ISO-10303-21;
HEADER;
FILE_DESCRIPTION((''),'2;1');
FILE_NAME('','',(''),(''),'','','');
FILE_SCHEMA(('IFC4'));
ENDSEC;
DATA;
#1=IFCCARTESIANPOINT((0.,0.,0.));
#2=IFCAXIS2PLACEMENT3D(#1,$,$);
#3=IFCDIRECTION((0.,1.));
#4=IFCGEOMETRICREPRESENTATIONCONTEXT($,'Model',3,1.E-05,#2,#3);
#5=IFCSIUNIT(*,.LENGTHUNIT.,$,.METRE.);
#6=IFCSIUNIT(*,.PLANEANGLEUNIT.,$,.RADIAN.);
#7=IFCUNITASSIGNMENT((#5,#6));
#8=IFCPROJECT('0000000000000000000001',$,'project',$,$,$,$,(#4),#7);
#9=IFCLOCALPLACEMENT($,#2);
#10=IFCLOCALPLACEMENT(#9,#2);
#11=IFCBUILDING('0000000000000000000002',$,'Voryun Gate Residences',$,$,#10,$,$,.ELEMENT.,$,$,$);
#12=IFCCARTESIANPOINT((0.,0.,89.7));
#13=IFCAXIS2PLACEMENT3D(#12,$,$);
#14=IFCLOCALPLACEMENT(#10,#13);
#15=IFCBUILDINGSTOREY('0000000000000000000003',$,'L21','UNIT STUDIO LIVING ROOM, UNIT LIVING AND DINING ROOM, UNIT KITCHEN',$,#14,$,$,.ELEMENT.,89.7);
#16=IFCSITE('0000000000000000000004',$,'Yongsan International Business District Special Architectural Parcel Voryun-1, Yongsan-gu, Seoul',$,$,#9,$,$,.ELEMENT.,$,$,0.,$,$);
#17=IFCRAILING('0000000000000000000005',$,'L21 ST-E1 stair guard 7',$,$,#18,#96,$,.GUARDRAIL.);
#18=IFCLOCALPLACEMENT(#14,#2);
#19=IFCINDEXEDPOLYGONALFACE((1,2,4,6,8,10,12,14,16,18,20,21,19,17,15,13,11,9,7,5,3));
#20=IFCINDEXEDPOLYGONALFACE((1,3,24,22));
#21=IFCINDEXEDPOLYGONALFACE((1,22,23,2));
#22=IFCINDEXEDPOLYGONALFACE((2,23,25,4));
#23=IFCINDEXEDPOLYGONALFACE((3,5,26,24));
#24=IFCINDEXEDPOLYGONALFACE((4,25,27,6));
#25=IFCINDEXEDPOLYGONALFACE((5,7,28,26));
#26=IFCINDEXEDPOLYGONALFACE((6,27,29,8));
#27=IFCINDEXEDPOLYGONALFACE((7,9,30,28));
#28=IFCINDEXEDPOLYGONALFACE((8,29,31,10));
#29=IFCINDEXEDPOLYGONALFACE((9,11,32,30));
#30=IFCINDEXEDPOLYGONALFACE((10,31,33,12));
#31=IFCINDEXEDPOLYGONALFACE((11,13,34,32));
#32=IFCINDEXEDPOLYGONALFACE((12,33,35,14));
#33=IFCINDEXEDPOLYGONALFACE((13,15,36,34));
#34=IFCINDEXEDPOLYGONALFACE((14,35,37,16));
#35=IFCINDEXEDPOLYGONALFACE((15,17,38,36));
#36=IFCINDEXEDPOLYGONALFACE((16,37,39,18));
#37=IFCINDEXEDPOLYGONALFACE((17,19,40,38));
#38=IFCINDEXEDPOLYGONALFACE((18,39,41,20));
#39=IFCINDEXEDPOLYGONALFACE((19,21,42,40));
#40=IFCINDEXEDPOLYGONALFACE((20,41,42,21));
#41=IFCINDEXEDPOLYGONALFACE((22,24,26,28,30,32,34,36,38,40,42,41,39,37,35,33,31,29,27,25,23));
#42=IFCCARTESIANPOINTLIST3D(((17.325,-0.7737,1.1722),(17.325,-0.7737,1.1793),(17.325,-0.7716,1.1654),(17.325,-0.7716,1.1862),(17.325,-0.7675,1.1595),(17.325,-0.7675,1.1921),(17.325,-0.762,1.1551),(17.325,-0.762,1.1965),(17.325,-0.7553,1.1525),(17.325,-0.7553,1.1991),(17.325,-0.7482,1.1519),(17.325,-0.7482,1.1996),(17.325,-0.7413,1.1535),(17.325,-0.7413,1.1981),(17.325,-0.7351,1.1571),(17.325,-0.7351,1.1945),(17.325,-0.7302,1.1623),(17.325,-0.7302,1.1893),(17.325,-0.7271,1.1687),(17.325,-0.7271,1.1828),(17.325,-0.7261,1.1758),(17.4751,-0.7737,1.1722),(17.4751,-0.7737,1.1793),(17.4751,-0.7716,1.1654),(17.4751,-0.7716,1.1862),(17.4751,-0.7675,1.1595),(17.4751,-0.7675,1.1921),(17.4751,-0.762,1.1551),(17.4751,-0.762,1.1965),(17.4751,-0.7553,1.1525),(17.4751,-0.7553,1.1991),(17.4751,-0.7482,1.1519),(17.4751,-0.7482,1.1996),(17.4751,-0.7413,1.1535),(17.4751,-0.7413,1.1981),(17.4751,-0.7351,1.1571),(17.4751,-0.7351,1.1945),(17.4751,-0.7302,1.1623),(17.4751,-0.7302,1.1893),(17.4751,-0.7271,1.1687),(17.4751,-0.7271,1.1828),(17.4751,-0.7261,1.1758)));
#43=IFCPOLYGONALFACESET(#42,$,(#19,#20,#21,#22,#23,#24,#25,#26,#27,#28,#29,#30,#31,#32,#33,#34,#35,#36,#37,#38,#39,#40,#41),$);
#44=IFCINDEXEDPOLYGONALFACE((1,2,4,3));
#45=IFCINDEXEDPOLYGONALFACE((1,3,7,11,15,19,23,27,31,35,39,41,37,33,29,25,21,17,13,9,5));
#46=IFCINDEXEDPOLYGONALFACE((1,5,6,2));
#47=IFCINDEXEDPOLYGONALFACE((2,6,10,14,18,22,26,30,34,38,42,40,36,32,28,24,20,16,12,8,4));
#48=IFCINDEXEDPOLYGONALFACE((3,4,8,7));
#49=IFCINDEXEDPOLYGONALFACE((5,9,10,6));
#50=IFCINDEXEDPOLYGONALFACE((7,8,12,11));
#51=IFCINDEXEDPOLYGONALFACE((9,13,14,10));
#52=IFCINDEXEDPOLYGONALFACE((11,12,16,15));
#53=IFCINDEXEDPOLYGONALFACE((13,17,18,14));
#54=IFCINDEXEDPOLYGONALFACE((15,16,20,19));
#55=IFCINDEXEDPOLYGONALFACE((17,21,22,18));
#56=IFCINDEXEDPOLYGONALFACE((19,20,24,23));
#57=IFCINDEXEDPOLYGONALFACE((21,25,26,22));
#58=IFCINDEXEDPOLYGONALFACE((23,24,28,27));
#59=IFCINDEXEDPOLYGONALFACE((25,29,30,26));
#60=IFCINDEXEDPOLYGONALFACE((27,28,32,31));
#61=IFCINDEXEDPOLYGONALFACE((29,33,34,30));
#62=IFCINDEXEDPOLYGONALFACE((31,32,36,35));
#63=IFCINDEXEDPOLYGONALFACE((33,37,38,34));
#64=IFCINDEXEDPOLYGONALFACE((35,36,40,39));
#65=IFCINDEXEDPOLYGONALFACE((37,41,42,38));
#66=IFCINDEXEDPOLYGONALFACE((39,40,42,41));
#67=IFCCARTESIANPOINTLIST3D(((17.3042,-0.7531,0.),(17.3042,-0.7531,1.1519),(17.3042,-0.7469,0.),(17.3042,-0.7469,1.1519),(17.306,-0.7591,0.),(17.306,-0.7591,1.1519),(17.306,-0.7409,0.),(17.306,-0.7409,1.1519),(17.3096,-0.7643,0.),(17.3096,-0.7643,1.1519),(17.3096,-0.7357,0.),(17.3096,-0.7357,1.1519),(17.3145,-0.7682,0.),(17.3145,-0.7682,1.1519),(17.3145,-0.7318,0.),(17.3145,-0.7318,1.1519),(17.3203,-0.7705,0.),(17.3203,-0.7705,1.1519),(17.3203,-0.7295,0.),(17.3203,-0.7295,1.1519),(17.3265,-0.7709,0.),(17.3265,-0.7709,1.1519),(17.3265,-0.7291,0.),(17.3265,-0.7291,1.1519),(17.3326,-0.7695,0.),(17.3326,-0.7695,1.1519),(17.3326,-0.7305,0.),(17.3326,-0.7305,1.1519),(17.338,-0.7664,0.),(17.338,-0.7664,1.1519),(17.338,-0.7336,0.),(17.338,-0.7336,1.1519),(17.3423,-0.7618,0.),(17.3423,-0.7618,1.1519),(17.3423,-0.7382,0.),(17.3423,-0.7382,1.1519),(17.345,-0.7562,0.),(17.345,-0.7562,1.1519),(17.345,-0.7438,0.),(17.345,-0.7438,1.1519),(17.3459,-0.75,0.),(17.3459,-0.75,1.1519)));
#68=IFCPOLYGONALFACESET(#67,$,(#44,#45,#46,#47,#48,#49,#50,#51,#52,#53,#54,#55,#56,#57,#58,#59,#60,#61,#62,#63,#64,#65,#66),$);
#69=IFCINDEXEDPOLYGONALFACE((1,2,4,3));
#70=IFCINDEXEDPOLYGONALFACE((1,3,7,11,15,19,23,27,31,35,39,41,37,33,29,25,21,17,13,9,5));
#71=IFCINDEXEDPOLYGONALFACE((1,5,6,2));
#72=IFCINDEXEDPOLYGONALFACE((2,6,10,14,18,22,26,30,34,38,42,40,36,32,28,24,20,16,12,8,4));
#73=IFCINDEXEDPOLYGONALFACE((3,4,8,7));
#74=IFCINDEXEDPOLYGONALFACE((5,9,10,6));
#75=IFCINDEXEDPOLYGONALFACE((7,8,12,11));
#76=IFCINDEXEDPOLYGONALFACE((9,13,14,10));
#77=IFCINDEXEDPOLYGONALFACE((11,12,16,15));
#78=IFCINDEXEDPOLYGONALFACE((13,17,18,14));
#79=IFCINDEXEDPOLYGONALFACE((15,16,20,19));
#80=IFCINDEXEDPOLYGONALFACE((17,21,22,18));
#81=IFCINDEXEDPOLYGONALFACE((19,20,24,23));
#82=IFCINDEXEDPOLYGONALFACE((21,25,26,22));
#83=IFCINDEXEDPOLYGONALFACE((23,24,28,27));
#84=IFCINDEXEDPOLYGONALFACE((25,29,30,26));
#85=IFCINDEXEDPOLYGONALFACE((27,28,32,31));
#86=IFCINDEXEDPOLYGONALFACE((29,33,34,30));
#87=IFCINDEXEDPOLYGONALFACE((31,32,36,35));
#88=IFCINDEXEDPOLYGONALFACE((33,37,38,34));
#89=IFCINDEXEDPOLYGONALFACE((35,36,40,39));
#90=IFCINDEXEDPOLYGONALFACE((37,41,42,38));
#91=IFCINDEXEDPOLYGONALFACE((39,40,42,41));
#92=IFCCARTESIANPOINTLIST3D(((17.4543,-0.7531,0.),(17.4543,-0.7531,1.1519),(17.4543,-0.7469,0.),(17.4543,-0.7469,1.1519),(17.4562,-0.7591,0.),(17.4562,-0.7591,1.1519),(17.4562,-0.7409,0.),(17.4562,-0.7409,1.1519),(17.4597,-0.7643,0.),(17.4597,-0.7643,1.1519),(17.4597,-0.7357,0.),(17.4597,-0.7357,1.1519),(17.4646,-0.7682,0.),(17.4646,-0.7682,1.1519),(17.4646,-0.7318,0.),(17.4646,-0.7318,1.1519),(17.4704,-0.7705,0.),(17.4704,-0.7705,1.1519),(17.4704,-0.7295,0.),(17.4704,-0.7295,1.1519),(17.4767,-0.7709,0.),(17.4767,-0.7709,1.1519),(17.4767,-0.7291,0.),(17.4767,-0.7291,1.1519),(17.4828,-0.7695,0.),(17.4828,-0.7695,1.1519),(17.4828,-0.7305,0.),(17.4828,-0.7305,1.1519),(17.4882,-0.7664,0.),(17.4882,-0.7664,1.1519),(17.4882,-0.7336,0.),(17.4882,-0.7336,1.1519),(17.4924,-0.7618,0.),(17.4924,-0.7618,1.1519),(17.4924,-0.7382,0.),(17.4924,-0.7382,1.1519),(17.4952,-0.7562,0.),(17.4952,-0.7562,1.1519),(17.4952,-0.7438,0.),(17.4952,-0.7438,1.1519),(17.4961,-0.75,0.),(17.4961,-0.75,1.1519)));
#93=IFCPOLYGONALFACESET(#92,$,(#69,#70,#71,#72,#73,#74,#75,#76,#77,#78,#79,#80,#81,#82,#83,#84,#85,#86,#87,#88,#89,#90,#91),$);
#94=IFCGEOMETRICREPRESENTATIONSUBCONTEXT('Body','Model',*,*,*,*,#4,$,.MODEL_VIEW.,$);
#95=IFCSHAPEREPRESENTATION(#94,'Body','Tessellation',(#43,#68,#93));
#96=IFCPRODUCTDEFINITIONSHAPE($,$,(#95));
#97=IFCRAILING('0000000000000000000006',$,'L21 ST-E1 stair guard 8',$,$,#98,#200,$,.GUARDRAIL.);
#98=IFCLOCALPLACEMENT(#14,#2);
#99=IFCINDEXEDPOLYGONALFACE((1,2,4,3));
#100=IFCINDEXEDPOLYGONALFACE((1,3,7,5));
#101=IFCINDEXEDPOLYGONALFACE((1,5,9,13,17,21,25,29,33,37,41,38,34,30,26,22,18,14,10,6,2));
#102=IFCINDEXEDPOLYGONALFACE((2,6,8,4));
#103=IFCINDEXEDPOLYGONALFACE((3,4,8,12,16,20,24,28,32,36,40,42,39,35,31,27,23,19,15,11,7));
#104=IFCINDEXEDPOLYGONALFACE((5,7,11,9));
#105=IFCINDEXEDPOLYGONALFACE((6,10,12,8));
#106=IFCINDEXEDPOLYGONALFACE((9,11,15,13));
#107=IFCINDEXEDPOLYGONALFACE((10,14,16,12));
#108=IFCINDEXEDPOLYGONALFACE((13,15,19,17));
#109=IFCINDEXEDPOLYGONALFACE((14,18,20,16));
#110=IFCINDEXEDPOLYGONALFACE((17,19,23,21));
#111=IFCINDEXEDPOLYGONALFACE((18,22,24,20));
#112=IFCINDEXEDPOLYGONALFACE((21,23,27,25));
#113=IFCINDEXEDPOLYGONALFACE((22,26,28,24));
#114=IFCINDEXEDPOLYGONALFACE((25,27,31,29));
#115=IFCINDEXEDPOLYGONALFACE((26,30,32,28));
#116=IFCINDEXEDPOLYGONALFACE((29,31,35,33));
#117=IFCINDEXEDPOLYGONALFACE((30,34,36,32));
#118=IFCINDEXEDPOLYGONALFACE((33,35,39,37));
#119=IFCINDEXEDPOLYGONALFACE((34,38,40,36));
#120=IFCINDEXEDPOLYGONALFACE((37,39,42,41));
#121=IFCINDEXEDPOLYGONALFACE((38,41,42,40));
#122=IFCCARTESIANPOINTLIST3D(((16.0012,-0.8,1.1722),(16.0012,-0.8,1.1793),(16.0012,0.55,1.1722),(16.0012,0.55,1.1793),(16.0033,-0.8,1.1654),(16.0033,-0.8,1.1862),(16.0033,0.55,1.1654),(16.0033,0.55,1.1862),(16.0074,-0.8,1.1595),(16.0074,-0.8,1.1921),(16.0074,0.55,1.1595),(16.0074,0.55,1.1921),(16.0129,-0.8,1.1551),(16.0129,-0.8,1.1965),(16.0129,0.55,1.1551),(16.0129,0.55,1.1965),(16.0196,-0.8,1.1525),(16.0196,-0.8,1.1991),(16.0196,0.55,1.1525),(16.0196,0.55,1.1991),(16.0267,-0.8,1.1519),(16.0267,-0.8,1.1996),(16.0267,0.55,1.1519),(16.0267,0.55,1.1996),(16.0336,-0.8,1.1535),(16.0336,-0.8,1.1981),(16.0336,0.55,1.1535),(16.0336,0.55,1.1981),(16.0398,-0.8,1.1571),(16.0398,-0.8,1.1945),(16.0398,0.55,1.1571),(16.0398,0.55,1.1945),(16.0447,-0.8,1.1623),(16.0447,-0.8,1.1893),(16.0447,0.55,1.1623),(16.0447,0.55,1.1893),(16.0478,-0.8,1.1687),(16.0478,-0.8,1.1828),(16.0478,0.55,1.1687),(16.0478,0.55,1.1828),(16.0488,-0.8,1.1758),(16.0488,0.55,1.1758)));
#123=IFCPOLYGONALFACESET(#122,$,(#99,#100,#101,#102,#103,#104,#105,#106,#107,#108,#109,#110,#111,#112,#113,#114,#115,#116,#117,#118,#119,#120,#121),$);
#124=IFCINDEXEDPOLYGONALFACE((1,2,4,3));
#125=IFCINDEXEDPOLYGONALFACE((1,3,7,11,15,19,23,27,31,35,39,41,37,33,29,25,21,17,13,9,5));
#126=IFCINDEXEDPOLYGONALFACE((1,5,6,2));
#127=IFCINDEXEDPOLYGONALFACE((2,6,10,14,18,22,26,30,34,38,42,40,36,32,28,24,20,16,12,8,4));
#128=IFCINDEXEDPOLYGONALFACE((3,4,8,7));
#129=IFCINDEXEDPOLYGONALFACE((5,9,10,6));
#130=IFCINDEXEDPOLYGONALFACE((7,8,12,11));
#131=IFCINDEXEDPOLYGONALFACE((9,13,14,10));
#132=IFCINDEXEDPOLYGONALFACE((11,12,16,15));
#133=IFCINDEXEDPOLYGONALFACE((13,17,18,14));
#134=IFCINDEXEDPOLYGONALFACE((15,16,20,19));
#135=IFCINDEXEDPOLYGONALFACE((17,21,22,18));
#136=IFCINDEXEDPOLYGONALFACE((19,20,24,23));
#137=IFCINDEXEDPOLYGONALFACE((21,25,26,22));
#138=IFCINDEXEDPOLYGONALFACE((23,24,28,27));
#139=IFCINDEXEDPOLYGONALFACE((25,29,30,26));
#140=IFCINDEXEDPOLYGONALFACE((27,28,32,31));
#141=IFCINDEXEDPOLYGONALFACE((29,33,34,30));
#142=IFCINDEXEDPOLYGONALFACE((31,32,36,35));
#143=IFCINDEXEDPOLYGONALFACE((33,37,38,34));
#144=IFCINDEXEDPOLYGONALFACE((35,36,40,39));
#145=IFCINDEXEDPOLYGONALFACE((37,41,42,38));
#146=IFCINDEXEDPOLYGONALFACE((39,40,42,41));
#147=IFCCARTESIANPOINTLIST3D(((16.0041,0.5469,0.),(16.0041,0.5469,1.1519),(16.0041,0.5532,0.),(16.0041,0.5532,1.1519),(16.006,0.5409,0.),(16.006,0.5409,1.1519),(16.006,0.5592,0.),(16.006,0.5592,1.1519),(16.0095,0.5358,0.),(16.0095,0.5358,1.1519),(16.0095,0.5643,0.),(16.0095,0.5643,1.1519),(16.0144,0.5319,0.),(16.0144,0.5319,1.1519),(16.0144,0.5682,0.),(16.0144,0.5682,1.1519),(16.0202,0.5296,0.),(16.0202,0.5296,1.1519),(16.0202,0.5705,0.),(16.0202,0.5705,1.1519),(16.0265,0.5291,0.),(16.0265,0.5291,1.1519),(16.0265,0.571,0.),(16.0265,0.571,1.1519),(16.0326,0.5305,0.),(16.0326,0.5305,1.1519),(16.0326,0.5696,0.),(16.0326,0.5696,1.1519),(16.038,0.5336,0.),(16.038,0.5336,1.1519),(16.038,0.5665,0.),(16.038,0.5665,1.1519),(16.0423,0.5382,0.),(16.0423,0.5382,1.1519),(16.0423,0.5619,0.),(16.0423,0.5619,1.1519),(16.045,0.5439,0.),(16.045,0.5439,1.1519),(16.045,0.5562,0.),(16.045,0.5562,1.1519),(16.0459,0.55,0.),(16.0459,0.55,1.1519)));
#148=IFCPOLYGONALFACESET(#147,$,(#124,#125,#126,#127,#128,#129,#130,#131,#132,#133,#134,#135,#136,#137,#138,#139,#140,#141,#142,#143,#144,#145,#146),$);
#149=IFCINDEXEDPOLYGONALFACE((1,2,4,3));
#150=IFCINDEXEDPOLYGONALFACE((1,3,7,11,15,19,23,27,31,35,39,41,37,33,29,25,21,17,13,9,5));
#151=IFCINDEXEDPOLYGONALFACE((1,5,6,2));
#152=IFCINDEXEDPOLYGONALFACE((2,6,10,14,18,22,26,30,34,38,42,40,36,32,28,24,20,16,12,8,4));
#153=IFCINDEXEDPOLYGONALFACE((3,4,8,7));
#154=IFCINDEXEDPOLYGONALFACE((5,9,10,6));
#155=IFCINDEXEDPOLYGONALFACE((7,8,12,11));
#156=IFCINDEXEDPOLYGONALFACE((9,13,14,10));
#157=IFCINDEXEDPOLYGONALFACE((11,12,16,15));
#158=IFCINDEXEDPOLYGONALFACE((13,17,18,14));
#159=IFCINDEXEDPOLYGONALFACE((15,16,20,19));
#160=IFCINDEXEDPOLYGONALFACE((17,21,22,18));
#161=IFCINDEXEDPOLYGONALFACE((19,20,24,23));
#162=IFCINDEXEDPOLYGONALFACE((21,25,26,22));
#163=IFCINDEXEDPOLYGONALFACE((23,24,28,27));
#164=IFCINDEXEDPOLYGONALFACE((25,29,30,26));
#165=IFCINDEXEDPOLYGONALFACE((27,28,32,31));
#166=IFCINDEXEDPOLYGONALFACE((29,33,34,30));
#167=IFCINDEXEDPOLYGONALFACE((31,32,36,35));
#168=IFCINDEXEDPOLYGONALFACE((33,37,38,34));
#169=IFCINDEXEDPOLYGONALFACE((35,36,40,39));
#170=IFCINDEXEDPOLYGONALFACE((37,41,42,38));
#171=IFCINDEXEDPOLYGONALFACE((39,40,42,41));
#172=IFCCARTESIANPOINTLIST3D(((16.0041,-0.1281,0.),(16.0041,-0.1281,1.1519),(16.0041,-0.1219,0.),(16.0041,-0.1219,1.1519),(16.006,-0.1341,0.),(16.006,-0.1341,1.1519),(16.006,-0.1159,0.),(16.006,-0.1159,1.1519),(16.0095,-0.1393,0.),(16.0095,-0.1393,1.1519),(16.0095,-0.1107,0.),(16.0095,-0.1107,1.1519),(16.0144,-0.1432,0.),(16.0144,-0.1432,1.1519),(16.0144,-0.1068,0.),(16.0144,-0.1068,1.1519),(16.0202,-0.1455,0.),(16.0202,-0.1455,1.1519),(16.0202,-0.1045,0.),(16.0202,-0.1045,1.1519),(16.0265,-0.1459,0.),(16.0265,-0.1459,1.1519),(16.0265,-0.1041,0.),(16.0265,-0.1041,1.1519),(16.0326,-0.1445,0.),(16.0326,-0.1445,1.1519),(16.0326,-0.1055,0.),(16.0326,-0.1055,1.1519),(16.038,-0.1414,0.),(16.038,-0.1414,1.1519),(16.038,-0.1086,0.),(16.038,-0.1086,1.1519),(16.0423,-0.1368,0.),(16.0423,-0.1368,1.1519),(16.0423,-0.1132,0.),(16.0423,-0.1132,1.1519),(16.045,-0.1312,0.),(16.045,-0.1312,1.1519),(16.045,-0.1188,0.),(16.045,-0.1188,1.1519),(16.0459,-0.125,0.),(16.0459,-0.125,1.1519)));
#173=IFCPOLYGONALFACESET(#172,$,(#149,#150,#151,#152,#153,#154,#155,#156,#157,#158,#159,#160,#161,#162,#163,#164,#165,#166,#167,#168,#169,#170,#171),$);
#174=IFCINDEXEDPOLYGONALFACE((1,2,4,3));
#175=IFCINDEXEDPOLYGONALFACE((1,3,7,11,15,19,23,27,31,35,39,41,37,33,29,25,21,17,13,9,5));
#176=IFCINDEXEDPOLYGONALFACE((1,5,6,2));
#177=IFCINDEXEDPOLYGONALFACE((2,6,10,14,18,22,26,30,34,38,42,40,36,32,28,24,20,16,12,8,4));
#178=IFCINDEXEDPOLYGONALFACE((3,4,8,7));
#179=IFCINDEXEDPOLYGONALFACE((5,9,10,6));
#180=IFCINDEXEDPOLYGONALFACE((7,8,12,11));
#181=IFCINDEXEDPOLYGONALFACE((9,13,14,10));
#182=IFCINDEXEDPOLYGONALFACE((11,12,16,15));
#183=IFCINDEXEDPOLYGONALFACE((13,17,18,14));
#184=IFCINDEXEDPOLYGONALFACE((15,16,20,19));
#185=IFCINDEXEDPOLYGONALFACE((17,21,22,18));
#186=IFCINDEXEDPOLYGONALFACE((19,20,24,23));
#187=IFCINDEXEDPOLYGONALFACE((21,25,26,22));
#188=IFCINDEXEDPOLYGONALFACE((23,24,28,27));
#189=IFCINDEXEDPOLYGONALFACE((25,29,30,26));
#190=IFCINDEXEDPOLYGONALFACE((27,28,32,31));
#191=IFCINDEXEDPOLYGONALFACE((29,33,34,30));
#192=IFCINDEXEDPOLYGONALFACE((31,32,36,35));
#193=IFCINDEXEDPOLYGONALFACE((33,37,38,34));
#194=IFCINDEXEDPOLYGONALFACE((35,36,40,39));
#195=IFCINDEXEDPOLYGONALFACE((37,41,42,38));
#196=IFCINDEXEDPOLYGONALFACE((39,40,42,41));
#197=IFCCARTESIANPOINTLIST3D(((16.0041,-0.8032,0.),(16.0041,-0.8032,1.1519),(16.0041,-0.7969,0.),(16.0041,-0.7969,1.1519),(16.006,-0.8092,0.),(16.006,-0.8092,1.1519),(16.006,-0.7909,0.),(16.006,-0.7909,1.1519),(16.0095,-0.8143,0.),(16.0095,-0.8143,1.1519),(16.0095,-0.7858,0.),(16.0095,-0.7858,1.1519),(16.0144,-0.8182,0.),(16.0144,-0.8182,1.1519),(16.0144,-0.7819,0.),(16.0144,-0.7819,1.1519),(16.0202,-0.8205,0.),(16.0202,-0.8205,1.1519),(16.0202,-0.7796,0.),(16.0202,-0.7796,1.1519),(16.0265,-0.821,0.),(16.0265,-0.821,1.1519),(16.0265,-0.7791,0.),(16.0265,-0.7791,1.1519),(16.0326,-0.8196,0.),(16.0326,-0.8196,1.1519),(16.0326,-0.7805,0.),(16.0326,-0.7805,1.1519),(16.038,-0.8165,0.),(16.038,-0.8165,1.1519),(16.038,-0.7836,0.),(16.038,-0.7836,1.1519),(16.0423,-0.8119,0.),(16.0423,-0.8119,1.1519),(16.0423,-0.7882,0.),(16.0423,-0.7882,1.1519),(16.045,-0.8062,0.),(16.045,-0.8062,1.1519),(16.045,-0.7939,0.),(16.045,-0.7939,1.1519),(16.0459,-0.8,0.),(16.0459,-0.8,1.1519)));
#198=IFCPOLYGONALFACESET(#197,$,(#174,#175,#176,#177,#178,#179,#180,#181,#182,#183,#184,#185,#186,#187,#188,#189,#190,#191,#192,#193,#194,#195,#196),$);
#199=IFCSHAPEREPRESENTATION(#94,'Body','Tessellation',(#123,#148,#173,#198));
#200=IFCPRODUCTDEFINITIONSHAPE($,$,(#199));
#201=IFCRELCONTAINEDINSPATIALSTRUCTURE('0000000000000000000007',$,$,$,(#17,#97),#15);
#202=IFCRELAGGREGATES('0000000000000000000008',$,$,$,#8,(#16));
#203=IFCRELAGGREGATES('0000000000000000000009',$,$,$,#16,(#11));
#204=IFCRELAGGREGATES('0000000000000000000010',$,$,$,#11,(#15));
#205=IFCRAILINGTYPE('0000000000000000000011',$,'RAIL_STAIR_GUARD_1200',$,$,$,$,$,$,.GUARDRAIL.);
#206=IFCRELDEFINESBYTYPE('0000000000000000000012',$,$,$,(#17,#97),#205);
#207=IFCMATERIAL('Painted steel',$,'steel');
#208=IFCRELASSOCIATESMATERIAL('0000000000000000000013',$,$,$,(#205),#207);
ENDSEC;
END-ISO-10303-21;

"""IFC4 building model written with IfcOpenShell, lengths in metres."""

from ifc_helpers import new_model, si_unit, direction, frame, origin, origin_2d, place, context, subcontext, project, spatial, circle, extrude, material, type_object, element, save


model = new_model("IFC4")

# Units and contexts
model_context = context("Model", 3, precision=1e-05, world=origin(), true_north=direction((0.0, 1.0)))
body_context = subcontext(model_context, "Body", "Model", "MODEL_VIEW")
ifc_project = project(units=[si_unit("LENGTHUNIT", "METRE"), si_unit("PLANEANGLEUNIT", "RADIAN")], contexts=[model_context])

# Site, building, storey
site_placement = place(None, origin())
site = spatial("IfcSite", under=ifc_project, at=site_placement, Name="Yongsan International Business District Special Architectural Parcel Voryun-1, Yongsan-gu, Seoul", CompositionType="ELEMENT", RefElevation=0.0)
building_placement = place(site_placement, origin())
building = spatial("IfcBuilding", under=site, at=building_placement, Name="Voryun Gate Residences", CompositionType="ELEMENT")
storey_placement = place(building_placement, frame((0.0, 0.0, 89.7)))
storey = spatial("IfcBuildingStorey", under=building, at=storey_placement, Name="L21", Description="UNIT STUDIO LIVING ROOM, UNIT LIVING AND DINING ROOM, UNIT KITCHEN", CompositionType="ELEMENT", Elevation=89.7)

# Railings
ifc_material_1 = material(Name="Painted steel", Category="steel")
railing_type = type_object("IfcRailingType", Name="RAIL_STAIR_GUARD_1200", PredefinedType="GUARDRAIL", material=ifc_material_1)
railing_1_placement = place(storey_placement, frame((17.325, -0.75, 0.0)))
element("IfcRailing", 1, at=railing_1_placement, inside=storey, type_object=railing_type, Name="L21 ST-E1 stair guard 7", PredefinedType="GUARDRAIL", context=body_context, shape_type="SweptSolid", body=[
    extrude(circle(Radius=0.0239, at=origin_2d()), frame((0.0, 0.0, 1.1758), z_axis=(1.0, 0.0, 0.0), x_axis=(0.0, 1.0, 0.0)), (0.0, 0.0, 1.0), 0.1501),
    extrude(circle(Radius=0.021, at=origin_2d()), origin(), (0.0, 0.0, 1.0), 1.1519),
    extrude(circle(Radius=0.021, at=origin_2d()), frame((0.1501, 0.0, 0.0)), (0.0, 0.0, 1.0), 1.1519),
])
for number, where, name in (
    (2, (16.0249, 0.55, 0.0), "L21 ST-E1 stair guard 8"),
):
    element("IfcRailing", number, at=place(storey_placement, frame(where)), inside=storey, type_object=railing_type, Name=name, PredefinedType="GUARDRAIL", context=body_context, shape_type="SweptSolid", body=[
        extrude(circle(Radius=0.0239, at=origin_2d()), frame((0.0, 0.0, 1.1758), z_axis=(0.0, -1.0, 0.0), x_axis=(1.0, 0.0, 0.0)), (0.0, 0.0, 1.0), 1.3501),
        extrude(circle(Radius=0.021, at=origin_2d()), origin(), (0.0, 0.0, 1.0), 1.1519),
        extrude(circle(Radius=0.021, at=origin_2d()), frame((0.0, -0.675, 0.0)), (0.0, 0.0, 1.0), 1.1519),
        extrude(circle(Radius=0.021, at=origin_2d()), frame((0.0, -1.3501, 0.0)), (0.0, 0.0, 1.0), 1.1519),
    ])

save(model, "model.ifc")
